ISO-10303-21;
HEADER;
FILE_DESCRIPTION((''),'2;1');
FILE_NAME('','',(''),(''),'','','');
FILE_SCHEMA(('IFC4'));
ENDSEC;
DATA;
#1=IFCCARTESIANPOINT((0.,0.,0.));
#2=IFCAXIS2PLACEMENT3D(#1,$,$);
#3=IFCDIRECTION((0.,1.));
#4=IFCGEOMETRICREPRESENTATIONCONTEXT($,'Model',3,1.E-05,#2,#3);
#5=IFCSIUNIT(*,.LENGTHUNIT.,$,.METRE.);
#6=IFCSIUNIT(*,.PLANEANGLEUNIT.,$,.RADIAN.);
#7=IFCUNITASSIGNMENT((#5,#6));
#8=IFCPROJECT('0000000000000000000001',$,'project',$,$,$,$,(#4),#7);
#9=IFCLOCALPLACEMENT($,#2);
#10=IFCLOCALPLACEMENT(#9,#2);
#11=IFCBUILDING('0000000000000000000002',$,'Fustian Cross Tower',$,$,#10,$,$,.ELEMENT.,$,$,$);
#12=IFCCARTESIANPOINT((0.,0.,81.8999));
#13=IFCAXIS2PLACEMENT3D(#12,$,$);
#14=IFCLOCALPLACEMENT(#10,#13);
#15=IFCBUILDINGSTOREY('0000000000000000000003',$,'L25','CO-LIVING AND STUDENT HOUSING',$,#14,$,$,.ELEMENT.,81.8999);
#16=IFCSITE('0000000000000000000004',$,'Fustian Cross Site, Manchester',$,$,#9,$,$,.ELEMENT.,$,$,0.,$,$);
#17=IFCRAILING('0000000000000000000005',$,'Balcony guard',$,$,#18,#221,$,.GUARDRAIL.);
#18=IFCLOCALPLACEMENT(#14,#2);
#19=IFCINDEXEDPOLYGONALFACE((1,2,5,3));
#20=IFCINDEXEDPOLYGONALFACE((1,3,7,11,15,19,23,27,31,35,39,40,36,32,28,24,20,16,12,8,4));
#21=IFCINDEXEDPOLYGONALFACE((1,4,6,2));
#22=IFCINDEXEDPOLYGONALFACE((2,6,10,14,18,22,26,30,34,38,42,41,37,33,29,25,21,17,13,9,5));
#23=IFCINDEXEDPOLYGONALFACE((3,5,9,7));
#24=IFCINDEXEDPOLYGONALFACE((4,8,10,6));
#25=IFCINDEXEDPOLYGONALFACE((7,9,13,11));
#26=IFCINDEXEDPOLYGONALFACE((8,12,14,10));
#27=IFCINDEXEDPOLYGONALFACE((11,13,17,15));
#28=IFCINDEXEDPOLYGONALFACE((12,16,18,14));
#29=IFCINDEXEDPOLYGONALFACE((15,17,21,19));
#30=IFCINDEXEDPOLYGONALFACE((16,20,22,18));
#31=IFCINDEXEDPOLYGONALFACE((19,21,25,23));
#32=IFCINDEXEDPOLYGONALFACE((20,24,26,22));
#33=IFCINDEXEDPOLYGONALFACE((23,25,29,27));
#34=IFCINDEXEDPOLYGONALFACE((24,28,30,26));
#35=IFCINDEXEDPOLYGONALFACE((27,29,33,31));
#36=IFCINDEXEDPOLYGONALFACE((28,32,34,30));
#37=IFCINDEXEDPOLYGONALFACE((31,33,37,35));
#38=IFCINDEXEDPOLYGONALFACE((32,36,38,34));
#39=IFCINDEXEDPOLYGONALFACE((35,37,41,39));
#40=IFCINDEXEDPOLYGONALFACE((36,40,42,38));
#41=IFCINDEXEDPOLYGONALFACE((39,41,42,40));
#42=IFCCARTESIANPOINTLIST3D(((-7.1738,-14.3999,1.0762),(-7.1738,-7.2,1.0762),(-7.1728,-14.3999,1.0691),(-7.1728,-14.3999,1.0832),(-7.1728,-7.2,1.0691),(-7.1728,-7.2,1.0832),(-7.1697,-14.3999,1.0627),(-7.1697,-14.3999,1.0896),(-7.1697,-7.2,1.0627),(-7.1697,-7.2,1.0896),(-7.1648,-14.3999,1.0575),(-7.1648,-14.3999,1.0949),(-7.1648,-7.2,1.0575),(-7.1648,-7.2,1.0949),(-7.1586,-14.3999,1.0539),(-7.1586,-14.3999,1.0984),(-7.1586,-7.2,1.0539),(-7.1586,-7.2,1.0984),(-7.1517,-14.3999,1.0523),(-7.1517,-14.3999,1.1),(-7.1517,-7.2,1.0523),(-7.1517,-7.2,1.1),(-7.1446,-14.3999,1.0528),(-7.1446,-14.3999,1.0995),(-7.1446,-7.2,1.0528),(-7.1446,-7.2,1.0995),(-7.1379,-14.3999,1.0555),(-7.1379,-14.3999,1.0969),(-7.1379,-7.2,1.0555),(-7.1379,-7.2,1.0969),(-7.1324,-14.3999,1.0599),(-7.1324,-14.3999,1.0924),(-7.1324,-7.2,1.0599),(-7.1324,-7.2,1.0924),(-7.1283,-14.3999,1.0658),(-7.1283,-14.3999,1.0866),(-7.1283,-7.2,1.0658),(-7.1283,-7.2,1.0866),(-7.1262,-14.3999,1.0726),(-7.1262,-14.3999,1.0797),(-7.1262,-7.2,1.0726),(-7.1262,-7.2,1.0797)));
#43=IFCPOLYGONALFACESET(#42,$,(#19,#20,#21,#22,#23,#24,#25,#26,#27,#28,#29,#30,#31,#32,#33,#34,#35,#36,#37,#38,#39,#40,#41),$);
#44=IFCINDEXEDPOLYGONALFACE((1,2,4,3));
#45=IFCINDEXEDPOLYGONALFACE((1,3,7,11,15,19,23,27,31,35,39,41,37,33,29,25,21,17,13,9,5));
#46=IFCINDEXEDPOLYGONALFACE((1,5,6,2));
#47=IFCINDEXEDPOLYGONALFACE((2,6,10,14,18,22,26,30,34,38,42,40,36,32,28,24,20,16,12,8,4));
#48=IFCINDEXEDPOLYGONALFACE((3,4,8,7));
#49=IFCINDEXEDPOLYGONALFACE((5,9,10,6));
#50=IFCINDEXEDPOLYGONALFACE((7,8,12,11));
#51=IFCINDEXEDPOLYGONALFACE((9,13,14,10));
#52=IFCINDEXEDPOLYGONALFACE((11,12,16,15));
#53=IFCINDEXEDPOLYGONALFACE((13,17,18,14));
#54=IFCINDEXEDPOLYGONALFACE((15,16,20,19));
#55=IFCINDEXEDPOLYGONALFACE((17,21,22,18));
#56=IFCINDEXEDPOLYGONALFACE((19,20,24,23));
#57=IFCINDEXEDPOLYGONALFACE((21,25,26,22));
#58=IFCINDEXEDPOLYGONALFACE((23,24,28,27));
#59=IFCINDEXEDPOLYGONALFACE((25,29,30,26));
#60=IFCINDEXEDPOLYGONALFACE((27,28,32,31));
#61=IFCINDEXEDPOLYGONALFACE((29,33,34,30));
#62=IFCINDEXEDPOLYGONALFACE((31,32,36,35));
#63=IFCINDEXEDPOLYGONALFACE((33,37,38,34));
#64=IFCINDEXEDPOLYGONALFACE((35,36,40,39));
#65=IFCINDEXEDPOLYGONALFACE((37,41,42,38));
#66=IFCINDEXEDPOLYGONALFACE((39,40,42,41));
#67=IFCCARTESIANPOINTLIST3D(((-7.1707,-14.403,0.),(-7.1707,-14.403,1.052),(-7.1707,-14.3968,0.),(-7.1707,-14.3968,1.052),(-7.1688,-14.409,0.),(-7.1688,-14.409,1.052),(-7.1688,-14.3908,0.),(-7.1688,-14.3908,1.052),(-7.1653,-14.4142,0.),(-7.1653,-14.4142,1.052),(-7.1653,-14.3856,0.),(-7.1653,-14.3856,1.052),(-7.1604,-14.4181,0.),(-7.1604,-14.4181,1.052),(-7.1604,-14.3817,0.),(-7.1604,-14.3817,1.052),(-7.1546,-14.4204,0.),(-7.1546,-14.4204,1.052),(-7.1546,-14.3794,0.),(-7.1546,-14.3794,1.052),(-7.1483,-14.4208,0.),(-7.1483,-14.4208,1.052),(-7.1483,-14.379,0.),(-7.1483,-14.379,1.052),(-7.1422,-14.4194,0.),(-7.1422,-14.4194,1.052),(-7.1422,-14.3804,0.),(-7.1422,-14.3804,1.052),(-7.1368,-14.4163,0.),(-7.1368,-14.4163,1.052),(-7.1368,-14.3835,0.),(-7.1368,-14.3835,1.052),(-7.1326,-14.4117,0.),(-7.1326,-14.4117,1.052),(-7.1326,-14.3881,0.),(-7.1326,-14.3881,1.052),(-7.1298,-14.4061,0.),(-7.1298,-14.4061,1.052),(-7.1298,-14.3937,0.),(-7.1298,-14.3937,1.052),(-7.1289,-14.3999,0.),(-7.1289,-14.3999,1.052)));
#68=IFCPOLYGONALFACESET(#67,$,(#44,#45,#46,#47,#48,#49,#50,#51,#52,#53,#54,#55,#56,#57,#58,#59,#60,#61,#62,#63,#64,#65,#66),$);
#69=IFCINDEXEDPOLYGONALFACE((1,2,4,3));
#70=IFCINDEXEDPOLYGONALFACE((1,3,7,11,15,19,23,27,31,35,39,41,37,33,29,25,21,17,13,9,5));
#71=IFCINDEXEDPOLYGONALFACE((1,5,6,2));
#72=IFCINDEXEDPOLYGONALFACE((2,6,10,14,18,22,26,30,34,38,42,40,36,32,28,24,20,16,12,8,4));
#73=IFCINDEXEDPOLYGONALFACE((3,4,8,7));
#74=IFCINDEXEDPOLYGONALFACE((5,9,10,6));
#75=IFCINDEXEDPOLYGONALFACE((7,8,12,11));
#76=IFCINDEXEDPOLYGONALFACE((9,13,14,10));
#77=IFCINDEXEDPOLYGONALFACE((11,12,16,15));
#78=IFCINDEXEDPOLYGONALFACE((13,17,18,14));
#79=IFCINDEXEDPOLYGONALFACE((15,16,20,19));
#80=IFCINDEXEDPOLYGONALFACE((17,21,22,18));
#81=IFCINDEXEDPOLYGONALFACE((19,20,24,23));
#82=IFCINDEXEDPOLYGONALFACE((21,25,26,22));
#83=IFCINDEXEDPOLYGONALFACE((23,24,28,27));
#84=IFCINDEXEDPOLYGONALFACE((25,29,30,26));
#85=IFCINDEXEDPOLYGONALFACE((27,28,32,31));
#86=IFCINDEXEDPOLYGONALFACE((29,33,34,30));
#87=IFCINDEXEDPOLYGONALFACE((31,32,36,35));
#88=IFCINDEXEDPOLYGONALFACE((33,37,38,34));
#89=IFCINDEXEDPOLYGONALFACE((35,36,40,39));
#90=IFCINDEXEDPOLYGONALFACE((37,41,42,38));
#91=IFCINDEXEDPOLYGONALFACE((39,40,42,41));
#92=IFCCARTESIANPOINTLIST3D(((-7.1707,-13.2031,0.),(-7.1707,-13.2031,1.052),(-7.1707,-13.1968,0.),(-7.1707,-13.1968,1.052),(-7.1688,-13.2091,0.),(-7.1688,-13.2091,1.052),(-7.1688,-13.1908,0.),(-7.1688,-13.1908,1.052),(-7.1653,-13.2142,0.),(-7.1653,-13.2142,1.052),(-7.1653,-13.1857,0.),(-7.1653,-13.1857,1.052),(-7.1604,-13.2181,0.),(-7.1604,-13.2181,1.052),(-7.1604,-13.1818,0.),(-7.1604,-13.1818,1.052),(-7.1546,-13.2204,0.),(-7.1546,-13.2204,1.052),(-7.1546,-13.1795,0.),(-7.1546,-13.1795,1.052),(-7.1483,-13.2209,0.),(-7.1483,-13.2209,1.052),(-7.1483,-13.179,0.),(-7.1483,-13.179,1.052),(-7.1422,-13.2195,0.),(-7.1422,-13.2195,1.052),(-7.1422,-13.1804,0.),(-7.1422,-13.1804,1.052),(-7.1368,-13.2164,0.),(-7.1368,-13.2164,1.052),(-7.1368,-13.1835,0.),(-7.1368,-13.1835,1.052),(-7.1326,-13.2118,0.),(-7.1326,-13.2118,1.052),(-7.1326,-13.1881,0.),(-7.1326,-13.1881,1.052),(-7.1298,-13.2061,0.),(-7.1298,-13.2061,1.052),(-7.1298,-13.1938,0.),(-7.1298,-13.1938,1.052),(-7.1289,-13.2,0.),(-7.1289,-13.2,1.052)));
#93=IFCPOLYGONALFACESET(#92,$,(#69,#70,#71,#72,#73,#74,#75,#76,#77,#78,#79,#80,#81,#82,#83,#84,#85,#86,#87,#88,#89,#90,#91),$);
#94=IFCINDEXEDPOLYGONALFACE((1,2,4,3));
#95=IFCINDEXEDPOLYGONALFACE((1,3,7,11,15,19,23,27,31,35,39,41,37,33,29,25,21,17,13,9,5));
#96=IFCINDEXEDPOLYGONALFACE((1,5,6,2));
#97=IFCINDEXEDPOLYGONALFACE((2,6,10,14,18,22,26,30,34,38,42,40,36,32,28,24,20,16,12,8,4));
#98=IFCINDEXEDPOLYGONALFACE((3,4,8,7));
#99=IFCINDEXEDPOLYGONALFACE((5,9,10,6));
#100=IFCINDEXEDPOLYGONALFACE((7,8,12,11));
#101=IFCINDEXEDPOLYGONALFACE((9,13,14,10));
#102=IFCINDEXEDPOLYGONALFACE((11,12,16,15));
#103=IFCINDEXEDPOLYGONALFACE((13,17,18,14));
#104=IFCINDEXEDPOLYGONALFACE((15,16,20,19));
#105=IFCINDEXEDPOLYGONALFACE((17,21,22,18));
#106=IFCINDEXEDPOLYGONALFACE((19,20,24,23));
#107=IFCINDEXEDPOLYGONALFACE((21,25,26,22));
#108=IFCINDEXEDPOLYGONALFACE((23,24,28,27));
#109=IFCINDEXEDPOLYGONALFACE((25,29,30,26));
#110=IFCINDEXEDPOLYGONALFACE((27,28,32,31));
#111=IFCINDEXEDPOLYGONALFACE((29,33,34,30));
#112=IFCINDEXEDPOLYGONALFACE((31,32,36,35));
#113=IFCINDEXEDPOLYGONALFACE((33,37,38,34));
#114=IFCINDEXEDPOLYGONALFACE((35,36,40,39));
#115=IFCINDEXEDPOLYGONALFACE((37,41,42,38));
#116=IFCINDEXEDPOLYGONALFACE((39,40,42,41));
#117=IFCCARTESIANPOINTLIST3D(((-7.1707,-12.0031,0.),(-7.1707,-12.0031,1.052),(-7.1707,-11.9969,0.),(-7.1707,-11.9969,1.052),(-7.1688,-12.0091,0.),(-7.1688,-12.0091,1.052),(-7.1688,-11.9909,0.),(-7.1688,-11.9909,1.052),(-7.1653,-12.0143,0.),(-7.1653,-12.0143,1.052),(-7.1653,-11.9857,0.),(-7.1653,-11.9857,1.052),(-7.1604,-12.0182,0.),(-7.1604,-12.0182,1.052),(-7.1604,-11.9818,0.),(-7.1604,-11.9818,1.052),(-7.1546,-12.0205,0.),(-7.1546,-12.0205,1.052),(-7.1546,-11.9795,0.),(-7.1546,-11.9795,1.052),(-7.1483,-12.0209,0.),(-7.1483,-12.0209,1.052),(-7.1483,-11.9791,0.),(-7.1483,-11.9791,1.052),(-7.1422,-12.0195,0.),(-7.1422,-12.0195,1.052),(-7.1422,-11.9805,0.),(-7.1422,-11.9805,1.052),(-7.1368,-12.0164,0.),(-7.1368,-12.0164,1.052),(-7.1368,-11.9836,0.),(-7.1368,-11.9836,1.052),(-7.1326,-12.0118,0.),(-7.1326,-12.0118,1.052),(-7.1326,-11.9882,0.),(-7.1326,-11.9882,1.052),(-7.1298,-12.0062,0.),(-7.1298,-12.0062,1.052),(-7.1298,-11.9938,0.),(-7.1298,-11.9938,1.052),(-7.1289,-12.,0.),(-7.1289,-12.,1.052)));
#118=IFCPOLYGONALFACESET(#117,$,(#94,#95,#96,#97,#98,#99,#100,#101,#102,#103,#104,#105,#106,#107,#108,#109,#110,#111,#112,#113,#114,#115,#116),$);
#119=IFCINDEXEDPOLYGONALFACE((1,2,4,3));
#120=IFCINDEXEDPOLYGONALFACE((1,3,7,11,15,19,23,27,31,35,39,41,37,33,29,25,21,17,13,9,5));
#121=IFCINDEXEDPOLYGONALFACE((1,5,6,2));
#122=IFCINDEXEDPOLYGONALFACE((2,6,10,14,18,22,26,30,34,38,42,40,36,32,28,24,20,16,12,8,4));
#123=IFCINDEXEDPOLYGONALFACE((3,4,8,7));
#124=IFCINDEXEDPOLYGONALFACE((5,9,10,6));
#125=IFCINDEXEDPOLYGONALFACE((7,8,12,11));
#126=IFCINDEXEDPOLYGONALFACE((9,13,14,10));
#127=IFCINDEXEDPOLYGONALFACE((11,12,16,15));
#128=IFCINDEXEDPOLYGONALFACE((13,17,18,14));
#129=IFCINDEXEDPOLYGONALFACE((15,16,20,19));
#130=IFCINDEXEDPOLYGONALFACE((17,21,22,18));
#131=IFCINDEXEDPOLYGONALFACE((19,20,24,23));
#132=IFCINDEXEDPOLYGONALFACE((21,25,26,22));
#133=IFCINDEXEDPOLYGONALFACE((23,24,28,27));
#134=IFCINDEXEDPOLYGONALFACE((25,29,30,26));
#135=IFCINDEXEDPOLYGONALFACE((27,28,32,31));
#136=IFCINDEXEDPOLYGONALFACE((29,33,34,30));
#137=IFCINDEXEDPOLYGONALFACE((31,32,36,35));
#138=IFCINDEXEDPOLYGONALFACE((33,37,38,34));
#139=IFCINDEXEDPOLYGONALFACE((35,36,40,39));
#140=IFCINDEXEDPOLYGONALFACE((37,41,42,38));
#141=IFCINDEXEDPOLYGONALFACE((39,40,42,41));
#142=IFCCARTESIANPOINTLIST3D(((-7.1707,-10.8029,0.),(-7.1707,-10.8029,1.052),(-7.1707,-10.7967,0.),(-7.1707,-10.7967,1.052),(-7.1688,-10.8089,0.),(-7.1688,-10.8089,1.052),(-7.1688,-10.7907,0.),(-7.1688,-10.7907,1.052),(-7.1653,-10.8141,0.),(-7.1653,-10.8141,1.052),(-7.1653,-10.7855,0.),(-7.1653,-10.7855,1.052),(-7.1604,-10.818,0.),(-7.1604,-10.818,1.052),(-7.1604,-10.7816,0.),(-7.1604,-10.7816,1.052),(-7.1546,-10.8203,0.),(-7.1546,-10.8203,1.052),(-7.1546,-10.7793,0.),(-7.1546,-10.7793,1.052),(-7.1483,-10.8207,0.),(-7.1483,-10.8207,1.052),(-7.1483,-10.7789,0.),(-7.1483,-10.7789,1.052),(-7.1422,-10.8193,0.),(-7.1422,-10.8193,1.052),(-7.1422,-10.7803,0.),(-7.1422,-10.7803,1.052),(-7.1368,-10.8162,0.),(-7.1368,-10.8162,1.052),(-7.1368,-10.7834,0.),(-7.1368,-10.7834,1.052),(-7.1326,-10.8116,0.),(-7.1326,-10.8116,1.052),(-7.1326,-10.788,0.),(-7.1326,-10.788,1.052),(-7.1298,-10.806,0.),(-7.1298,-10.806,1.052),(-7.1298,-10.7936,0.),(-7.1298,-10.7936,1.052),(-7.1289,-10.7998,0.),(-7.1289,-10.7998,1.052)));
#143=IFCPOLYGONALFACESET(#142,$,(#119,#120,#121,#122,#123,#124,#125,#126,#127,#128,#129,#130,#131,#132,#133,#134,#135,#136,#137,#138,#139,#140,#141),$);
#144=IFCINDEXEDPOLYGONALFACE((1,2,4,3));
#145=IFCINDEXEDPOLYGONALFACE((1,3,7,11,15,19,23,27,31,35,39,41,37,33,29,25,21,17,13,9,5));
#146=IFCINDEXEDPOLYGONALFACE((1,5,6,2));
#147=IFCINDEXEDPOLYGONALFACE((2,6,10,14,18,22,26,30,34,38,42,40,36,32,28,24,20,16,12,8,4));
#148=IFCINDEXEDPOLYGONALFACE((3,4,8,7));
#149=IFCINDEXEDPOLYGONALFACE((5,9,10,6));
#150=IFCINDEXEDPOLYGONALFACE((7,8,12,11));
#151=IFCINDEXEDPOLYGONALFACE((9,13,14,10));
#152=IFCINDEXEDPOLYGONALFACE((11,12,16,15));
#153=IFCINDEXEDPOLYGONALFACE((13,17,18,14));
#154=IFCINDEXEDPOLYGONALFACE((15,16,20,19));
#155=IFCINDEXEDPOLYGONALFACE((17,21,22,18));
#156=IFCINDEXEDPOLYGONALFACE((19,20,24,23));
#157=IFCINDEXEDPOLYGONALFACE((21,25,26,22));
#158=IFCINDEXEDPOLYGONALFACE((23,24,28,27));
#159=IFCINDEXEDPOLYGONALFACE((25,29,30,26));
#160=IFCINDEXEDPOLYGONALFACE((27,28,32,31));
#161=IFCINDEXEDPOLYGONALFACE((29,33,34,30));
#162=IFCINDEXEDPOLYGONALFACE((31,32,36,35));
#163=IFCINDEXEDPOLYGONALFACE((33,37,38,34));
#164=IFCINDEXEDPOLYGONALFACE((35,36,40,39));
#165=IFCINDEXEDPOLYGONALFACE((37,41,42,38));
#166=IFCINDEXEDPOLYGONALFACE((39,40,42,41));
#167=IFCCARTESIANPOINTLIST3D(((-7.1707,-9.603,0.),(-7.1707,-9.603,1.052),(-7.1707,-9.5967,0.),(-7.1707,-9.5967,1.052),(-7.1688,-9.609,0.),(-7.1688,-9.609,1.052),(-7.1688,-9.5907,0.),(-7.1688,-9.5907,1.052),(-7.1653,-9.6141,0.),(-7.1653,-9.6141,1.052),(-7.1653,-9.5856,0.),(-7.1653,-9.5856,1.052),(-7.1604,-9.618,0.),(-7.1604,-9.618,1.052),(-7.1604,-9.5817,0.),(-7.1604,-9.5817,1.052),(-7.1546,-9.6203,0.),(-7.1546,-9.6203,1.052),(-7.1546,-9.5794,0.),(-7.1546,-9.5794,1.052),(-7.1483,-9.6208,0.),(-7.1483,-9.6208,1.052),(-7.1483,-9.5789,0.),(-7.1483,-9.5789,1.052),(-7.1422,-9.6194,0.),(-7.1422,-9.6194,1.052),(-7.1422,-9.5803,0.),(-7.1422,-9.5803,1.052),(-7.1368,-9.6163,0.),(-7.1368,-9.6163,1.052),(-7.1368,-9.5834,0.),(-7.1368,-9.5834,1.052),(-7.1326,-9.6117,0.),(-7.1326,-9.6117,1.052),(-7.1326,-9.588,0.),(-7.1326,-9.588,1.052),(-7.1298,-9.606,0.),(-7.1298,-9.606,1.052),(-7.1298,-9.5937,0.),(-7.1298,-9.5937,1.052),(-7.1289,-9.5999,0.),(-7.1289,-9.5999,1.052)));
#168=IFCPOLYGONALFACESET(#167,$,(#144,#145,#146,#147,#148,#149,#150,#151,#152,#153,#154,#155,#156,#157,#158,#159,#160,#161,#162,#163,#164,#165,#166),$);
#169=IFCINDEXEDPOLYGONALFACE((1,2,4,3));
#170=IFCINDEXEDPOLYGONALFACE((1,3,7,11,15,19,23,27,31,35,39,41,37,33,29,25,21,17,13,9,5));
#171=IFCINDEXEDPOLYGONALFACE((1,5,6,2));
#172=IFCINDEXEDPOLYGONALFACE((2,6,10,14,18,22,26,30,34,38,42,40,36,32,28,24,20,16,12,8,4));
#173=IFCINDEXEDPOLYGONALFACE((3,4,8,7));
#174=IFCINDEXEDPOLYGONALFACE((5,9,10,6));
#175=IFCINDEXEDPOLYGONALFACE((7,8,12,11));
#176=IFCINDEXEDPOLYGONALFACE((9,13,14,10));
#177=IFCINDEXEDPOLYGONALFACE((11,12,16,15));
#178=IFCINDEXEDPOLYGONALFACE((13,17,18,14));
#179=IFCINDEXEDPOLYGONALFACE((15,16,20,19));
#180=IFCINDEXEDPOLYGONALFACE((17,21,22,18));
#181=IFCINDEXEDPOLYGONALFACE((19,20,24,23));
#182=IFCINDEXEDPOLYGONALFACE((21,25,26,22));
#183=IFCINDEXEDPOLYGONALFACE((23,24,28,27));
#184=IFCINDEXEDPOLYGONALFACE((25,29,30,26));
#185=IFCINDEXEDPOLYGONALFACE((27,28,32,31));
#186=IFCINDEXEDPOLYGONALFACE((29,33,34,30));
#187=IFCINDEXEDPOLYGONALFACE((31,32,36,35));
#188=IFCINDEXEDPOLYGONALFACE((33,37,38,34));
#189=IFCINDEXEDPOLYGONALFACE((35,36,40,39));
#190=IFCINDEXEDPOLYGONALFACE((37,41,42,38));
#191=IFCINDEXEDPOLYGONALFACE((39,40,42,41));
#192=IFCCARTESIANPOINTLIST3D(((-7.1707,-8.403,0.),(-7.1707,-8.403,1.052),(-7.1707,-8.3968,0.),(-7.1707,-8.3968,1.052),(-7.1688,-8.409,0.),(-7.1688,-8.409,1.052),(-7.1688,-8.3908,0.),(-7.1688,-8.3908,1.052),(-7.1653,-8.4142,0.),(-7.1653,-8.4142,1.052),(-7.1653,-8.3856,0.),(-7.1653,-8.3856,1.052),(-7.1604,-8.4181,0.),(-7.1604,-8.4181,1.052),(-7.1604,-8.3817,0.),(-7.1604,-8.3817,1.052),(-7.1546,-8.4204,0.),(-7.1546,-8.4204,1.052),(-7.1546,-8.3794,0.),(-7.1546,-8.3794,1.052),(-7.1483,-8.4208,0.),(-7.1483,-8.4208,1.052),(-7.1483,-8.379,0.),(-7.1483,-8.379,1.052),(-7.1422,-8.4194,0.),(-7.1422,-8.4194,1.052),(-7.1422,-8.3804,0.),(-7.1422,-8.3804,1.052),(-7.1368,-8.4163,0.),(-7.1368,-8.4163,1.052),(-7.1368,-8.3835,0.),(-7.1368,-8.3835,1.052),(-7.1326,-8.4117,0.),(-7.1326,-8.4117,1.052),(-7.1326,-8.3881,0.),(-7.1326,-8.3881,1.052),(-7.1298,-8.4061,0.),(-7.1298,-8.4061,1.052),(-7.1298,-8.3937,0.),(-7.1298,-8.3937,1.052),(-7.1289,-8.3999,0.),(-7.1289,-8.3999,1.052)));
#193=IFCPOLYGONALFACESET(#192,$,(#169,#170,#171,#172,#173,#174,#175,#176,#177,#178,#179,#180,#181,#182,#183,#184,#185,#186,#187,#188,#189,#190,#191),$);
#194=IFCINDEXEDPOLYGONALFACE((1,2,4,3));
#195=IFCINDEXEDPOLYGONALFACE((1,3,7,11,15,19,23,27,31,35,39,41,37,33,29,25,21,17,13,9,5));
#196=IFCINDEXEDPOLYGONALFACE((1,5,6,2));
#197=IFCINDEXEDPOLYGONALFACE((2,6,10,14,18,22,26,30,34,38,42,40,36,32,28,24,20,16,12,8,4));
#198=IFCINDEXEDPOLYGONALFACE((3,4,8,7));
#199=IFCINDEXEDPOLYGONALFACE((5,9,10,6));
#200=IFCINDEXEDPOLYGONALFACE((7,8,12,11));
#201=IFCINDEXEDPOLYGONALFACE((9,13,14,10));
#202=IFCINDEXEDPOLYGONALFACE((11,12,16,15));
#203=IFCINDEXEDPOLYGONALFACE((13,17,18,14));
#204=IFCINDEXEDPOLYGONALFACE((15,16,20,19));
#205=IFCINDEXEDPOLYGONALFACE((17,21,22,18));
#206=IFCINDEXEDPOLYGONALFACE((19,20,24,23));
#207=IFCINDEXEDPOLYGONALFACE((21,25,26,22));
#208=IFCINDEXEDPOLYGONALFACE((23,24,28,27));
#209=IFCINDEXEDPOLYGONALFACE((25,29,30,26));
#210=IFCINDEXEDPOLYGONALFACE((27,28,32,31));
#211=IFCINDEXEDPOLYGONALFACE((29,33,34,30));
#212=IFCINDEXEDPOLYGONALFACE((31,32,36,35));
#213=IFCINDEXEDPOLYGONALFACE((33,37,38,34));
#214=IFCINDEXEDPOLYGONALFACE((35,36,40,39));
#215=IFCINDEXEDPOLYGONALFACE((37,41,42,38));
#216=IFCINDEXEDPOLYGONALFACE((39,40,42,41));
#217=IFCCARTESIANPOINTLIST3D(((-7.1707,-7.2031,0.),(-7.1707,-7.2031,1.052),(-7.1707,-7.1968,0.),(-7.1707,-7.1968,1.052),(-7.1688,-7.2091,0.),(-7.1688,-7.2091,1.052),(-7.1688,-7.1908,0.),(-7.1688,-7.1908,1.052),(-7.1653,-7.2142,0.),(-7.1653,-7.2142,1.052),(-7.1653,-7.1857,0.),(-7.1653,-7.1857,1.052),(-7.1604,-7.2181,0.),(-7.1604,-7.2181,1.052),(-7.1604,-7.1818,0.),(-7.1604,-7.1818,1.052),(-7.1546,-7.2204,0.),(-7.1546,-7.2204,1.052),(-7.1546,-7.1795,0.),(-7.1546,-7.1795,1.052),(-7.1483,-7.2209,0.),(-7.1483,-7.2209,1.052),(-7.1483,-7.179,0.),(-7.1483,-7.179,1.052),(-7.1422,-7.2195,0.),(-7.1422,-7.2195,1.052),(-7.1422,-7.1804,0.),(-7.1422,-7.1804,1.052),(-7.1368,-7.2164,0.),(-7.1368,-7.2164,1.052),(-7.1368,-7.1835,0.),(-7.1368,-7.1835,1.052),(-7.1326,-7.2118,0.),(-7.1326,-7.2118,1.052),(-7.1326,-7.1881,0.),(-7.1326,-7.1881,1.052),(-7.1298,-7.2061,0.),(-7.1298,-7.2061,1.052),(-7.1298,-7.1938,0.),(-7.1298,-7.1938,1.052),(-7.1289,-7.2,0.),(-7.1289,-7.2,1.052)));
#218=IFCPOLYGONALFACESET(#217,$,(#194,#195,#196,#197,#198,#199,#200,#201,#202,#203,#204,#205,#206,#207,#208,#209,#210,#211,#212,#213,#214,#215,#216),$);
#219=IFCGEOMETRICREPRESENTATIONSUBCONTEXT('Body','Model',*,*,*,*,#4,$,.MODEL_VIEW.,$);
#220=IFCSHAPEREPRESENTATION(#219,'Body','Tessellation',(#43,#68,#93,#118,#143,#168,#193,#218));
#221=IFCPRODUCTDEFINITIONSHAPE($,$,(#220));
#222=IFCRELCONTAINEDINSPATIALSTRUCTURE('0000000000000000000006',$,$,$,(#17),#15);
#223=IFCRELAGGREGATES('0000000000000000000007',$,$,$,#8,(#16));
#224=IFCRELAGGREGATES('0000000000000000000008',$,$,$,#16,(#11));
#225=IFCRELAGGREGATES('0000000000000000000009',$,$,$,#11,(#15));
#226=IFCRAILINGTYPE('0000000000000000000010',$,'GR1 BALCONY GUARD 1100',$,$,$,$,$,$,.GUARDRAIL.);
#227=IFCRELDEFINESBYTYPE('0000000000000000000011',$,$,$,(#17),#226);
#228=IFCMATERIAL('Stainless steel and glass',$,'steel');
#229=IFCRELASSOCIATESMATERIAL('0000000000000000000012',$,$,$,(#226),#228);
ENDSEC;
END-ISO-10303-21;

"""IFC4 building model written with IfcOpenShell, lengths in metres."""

from ifc_helpers import new_model, si_unit, direction, frame, origin, origin_2d, place, context, subcontext, project, spatial, circle, extrude, material, type_object, element, save


model = new_model("IFC4")

# Units and contexts
model_context = context("Model", 3, precision=1e-05, world=origin(), true_north=direction((0.0, 1.0)))
body_context = subcontext(model_context, "Body", "Model", "MODEL_VIEW")
ifc_project = project(units=[si_unit("LENGTHUNIT", "METRE"), si_unit("PLANEANGLEUNIT", "RADIAN")], contexts=[model_context])

# Site, building, storey
site_placement = place(None, origin())
site = spatial("IfcSite", under=ifc_project, at=site_placement, Name="Fustian Cross Site, Manchester", CompositionType="ELEMENT", RefElevation=0.0)
building_placement = place(site_placement, origin())
building = spatial("IfcBuilding", under=site, at=building_placement, Name="Fustian Cross Tower", CompositionType="ELEMENT")
storey_placement = place(building_placement, frame((0.0, 0.0, 81.8999)))
storey = spatial("IfcBuildingStorey", under=building, at=storey_placement, Name="L25", Description="CO-LIVING AND STUDENT HOUSING", CompositionType="ELEMENT", Elevation=81.8999)

# Railing
ifc_material_1 = material(Name="Stainless steel and glass", Category="steel")
railing_type_1 = type_object("IfcRailingType", Name="GR1 BALCONY GUARD 1100", PredefinedType="GUARDRAIL", material=ifc_material_1)
railing_1_placement = place(storey_placement, frame((-7.1499, -14.3999, 0.0)))
element("IfcRailing", 1, at=railing_1_placement, inside=storey, type_object=railing_type_1, Name="Balcony guard", PredefinedType="GUARDRAIL", context=body_context, shape_type="SweptSolid", body=[
    extrude(circle(Radius=0.0239, at=origin_2d()), frame((0.0, 0.0, 1.0762), z_axis=(0.0, 1.0, 0.0), x_axis=(-1.0, 0.0, 0.0)), (0.0, 0.0, 1.0), 7.2),
    extrude(circle(Radius=0.021, at=origin_2d()), origin(), (0.0, 0.0, 1.0), 1.052),
    extrude(circle(Radius=0.021, at=origin_2d()), frame((0.0, 1.2, 0.0)), (0.0, 0.0, 1.0), 1.052),
    extrude(circle(Radius=0.021, at=origin_2d()), frame((0.0, 2.3999, 0.0)), (0.0, 0.0, 1.0), 1.052),
    extrude(circle(Radius=0.021, at=origin_2d()), frame((0.0, 3.6001, 0.0)), (0.0, 0.0, 1.0), 1.052),
    extrude(circle(Radius=0.021, at=origin_2d()), frame((0.0, 4.8, 0.0)), (0.0, 0.0, 1.0), 1.052),
    extrude(circle(Radius=0.021, at=origin_2d()), frame((0.0, 6.0, 0.0)), (0.0, 0.0, 1.0), 1.052),
    extrude(circle(Radius=0.021, at=origin_2d()), frame((0.0, 7.2, 0.0)), (0.0, 0.0, 1.0), 1.052),
])

save(model, "model.ifc")
